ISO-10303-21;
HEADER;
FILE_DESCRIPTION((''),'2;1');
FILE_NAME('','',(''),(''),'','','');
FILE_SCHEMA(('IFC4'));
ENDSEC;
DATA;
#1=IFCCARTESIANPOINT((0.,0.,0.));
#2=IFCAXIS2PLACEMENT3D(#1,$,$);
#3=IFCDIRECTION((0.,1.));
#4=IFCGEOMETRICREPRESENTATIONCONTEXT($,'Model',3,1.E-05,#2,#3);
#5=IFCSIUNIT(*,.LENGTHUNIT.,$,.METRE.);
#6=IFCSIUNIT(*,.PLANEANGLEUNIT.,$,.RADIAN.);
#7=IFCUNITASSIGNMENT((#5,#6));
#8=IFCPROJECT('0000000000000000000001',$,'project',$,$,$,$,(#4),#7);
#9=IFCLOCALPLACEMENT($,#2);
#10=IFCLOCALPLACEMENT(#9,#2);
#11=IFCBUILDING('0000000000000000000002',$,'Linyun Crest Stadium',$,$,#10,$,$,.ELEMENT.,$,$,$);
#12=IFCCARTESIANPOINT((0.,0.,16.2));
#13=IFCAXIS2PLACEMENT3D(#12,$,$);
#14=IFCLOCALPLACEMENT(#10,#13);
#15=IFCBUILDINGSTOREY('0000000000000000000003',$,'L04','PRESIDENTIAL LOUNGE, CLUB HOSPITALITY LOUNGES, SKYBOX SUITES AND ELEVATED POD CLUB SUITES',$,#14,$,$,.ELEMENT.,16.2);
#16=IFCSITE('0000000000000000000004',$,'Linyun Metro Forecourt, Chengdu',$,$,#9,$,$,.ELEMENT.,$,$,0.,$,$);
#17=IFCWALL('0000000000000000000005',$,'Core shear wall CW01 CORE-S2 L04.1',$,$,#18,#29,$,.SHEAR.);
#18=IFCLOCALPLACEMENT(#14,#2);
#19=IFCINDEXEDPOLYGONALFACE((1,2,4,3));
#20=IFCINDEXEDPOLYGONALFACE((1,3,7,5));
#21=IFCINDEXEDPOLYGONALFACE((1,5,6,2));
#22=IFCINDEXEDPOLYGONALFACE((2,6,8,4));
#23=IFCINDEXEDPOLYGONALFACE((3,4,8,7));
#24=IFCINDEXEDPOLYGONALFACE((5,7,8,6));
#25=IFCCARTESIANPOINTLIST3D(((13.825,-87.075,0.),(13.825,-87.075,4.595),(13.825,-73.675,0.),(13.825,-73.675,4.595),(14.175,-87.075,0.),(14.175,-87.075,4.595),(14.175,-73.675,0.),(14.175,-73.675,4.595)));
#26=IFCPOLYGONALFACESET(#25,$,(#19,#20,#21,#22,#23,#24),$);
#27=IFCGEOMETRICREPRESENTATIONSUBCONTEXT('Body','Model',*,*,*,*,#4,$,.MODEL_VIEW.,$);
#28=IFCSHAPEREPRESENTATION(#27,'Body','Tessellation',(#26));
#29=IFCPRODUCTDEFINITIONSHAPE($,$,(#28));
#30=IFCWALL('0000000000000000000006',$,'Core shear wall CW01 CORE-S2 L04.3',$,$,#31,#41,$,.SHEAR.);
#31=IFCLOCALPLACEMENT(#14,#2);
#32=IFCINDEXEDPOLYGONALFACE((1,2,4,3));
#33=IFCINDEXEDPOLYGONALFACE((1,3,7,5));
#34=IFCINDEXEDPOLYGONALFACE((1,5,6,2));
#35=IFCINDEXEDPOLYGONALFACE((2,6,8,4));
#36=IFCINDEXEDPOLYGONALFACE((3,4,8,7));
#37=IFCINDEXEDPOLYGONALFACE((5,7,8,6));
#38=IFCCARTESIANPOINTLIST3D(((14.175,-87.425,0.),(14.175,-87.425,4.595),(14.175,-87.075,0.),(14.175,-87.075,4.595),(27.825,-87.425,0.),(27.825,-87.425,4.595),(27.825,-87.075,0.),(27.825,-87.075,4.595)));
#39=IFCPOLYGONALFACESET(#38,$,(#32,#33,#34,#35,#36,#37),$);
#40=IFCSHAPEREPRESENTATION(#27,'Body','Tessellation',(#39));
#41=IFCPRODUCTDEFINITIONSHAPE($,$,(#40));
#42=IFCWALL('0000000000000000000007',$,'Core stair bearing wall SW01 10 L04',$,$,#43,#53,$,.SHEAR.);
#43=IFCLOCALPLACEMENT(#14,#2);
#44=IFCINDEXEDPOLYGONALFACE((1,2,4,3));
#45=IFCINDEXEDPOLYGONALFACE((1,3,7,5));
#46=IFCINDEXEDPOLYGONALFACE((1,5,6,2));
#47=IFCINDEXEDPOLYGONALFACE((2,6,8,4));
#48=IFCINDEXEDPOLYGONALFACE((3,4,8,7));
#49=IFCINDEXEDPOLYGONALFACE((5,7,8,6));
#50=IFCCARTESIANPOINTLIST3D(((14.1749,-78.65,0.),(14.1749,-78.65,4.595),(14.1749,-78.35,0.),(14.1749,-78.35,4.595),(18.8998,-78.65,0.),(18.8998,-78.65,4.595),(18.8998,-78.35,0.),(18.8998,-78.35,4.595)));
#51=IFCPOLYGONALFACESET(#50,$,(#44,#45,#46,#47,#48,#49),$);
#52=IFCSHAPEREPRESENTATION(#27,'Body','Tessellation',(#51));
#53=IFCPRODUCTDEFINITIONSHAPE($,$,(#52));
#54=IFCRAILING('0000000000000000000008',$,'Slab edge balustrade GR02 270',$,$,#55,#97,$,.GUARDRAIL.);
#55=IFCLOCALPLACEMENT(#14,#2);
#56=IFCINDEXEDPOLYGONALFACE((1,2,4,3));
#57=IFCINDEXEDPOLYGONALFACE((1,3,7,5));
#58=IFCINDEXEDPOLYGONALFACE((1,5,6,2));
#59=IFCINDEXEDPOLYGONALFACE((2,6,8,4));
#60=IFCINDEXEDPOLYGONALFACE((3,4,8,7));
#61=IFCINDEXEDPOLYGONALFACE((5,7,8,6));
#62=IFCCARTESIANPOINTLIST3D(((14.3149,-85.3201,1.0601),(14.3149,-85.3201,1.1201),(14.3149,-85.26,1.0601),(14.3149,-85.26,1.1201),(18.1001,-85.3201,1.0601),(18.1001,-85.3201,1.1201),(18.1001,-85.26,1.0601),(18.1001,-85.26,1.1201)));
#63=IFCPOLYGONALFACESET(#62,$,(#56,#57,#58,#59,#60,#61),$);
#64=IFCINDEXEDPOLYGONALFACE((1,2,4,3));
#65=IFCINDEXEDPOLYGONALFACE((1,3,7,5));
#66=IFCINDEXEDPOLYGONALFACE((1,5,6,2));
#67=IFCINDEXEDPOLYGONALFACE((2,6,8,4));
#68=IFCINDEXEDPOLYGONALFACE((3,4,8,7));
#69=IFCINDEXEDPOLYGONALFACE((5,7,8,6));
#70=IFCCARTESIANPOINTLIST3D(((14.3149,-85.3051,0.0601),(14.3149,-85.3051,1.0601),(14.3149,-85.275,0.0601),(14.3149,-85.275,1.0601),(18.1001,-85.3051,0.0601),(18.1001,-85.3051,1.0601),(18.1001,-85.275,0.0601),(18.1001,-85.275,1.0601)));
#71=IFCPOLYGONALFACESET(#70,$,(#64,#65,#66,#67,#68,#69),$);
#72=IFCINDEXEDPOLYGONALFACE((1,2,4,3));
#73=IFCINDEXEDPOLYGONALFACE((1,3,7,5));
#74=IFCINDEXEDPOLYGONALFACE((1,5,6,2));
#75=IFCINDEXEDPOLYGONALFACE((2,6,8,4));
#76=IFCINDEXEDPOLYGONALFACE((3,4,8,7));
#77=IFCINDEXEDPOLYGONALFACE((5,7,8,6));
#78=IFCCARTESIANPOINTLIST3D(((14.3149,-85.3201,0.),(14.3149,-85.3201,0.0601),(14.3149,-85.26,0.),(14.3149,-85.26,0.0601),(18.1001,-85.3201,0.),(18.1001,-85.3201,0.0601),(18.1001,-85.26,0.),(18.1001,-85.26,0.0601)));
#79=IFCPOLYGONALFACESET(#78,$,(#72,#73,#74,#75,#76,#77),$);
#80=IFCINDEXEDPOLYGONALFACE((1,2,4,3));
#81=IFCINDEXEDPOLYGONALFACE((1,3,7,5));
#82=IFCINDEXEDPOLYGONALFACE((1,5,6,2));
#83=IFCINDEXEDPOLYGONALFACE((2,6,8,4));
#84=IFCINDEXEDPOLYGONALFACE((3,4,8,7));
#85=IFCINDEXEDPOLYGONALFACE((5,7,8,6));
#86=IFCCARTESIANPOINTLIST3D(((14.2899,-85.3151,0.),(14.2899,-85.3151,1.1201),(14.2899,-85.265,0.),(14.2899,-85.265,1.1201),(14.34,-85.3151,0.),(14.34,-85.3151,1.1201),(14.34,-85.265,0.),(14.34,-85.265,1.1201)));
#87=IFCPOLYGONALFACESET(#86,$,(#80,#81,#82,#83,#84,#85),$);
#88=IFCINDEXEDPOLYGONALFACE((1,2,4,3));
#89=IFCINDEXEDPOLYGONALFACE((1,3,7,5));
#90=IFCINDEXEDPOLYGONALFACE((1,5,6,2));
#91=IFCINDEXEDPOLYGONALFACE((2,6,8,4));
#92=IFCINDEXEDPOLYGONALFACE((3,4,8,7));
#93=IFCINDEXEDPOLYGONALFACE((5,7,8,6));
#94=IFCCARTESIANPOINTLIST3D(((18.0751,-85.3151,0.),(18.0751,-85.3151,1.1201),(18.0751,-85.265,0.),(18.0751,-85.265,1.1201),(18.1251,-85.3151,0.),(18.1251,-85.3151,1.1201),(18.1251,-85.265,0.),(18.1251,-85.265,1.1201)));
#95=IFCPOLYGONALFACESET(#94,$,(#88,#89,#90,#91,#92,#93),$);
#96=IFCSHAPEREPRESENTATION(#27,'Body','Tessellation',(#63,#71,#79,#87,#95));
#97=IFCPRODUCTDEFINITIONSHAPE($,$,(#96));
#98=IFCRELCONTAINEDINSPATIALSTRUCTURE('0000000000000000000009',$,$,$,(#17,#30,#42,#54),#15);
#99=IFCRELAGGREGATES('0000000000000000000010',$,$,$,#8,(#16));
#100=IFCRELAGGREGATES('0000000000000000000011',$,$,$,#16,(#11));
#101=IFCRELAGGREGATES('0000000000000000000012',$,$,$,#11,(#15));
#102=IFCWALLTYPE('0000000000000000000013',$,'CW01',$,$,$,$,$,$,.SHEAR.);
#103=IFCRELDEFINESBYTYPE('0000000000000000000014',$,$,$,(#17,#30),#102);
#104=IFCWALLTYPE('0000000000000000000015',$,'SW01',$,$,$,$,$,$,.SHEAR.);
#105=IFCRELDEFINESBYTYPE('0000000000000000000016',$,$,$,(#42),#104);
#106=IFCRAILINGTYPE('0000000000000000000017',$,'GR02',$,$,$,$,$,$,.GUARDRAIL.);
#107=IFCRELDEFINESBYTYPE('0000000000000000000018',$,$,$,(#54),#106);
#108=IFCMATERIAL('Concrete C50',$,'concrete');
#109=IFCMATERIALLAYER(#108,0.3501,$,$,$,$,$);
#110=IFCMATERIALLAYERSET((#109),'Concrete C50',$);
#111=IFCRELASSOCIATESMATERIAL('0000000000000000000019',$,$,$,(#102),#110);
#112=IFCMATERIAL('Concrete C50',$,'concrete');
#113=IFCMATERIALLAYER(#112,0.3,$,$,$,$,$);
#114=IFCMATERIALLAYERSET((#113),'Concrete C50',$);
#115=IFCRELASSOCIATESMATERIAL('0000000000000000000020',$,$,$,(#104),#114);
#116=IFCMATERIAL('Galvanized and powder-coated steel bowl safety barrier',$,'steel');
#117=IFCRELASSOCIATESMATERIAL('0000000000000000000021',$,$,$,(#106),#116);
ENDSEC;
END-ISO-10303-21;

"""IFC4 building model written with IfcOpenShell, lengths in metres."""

from ifc_helpers import new_model, si_unit, direction, frame, frame_2d, origin, origin_2d, place, context, subcontext, project, spatial, rectangle, extrude, material, layer, layer_set, type_object, element, save


model = new_model("IFC4")

# Units and contexts
model_context = context("Model", 3, precision=1e-05, world=origin(), true_north=direction((0.0, 1.0)))
body_context = subcontext(model_context, "Body", "Model", "MODEL_VIEW")
ifc_project = project(units=[si_unit("LENGTHUNIT", "METRE"), si_unit("PLANEANGLEUNIT", "RADIAN")], contexts=[model_context])

# Site, building, storey
site_placement = place(None, origin())
site = spatial("IfcSite", under=ifc_project, at=site_placement, Name="Linyun Metro Forecourt, Chengdu", CompositionType="ELEMENT", RefElevation=0.0)
building_placement = place(site_placement, origin())
building = spatial("IfcBuilding", under=site, at=building_placement, Name="Linyun Crest Stadium", CompositionType="ELEMENT")
storey_placement = place(building_placement, frame((0.0, 0.0, 16.2)))
storey = spatial("IfcBuildingStorey", under=building, at=storey_placement, Name="L04", Description="PRESIDENTIAL LOUNGE, CLUB HOSPITALITY LOUNGES, SKYBOX SUITES AND ELEVATED POD CLUB SUITES", CompositionType="ELEMENT", Elevation=16.2)

# Walls
ifc_material_1 = material(Name="Concrete C50", Category="concrete")
ifc_layer_1 = layer(ifc_material_1, 0.3501)
ifc_layer_set_1 = layer_set([ifc_layer_1], Name="Concrete C50")
wall_type_1 = type_object("IfcWallType", Name="CW01", PredefinedType="SHEAR", material=ifc_layer_set_1)
wall_1_placement = place(storey_placement, frame((14.0, -87.075, 0.0), z_axis=(0.0, 0.0, 1.0), x_axis=(0.0, 1.0, 0.0)))
element("IfcWall", 1, at=wall_1_placement, inside=storey, type_object=wall_type_1, Name="Core shear wall CW01 CORE-S2 L04.1", PredefinedType="SHEAR", context=body_context, shape_type="SweptSolid", body=[
    extrude(rectangle(XDim=13.3999, YDim=0.3501, at=frame_2d((6.7, 0.0))), origin(), (0.0, 0.0, 1.0), 4.595),
])
wall_2_placement = place(storey_placement, frame((14.175, -87.25, 0.0), z_axis=(0.0, 0.0, 1.0), x_axis=(1.0, 0.0, 0.0)))
element("IfcWall", 2, at=wall_2_placement, inside=storey, type_object=wall_type_1, Name="Core shear wall CW01 CORE-S2 L04.3", PredefinedType="SHEAR", context=body_context, shape_type="SweptSolid", body=[
    extrude(rectangle(XDim=13.6499, YDim=0.3501, at=frame_2d((6.825, 0.0))), origin(), (0.0, 0.0, 1.0), 4.595),
])

# Wall
ifc_material_2 = material(Name="Concrete C50", Category="concrete")
ifc_layer_2 = layer(ifc_material_2, 0.3)
ifc_layer_set_2 = layer_set([ifc_layer_2], Name="Concrete C50")
wall_type_2 = type_object("IfcWallType", Name="SW01", PredefinedType="SHEAR", material=ifc_layer_set_2)
wall_3_placement = place(storey_placement, frame((14.175, -78.5, 0.0), z_axis=(0.0, 0.0, 1.0), x_axis=(1.0, 0.0, 0.0)))
element("IfcWall", 3, at=wall_3_placement, inside=storey, type_object=wall_type_2, Name="Core stair bearing wall SW01 10 L04", PredefinedType="SHEAR", context=body_context, shape_type="SweptSolid", body=[
    extrude(rectangle(XDim=4.7249, YDim=0.3, at=frame_2d((2.3623, 0.0))), origin(), (0.0, 0.0, 1.0), 4.595),
])

# Railing
ifc_material_3 = material(Name="Galvanized and powder-coated steel bowl safety barrier", Category="steel")
railing_type_1 = type_object("IfcRailingType", Name="GR02", PredefinedType="GUARDRAIL", material=ifc_material_3)
railing_1_placement = place(storey_placement, frame((14.3149, -85.29, 0.0)))
element("IfcRailing", 4, at=railing_1_placement, inside=storey, type_object=railing_type_1, Name="Slab edge balustrade GR02 270", PredefinedType="GUARDRAIL", context=body_context, shape_type="SweptSolid", body=[
    extrude(rectangle(XDim=0.0601, YDim=0.0601, at=origin_2d()), frame((0.0, 0.0, 1.0901), z_axis=(1.0, 0.0, 0.0), x_axis=(0.0, 1.0, 0.0)), (0.0, 0.0, 1.0), 3.7852),
    extrude(rectangle(XDim=0.03, YDim=1.0, at=origin_2d()), frame((0.0, 0.0, 0.5601), z_axis=(1.0, 0.0, 0.0), x_axis=(0.0, 1.0, 0.0)), (0.0, 0.0, 1.0), 3.7852),
    extrude(rectangle(XDim=0.0601, YDim=0.0601, at=origin_2d()), frame((0.0, 0.0, 0.03), z_axis=(1.0, 0.0, 0.0), x_axis=(0.0, 1.0, 0.0)), (0.0, 0.0, 1.0), 3.7852),
    extrude(rectangle(XDim=0.05, YDim=0.05, at=origin_2d()), origin(), (0.0, 0.0, 1.0), 1.1201),
    extrude(rectangle(XDim=0.05, YDim=0.05, at=origin_2d()), frame((3.7852, 0.0, 0.0)), (0.0, 0.0, 1.0), 1.1201),
])

save(model, "model.ifc")
